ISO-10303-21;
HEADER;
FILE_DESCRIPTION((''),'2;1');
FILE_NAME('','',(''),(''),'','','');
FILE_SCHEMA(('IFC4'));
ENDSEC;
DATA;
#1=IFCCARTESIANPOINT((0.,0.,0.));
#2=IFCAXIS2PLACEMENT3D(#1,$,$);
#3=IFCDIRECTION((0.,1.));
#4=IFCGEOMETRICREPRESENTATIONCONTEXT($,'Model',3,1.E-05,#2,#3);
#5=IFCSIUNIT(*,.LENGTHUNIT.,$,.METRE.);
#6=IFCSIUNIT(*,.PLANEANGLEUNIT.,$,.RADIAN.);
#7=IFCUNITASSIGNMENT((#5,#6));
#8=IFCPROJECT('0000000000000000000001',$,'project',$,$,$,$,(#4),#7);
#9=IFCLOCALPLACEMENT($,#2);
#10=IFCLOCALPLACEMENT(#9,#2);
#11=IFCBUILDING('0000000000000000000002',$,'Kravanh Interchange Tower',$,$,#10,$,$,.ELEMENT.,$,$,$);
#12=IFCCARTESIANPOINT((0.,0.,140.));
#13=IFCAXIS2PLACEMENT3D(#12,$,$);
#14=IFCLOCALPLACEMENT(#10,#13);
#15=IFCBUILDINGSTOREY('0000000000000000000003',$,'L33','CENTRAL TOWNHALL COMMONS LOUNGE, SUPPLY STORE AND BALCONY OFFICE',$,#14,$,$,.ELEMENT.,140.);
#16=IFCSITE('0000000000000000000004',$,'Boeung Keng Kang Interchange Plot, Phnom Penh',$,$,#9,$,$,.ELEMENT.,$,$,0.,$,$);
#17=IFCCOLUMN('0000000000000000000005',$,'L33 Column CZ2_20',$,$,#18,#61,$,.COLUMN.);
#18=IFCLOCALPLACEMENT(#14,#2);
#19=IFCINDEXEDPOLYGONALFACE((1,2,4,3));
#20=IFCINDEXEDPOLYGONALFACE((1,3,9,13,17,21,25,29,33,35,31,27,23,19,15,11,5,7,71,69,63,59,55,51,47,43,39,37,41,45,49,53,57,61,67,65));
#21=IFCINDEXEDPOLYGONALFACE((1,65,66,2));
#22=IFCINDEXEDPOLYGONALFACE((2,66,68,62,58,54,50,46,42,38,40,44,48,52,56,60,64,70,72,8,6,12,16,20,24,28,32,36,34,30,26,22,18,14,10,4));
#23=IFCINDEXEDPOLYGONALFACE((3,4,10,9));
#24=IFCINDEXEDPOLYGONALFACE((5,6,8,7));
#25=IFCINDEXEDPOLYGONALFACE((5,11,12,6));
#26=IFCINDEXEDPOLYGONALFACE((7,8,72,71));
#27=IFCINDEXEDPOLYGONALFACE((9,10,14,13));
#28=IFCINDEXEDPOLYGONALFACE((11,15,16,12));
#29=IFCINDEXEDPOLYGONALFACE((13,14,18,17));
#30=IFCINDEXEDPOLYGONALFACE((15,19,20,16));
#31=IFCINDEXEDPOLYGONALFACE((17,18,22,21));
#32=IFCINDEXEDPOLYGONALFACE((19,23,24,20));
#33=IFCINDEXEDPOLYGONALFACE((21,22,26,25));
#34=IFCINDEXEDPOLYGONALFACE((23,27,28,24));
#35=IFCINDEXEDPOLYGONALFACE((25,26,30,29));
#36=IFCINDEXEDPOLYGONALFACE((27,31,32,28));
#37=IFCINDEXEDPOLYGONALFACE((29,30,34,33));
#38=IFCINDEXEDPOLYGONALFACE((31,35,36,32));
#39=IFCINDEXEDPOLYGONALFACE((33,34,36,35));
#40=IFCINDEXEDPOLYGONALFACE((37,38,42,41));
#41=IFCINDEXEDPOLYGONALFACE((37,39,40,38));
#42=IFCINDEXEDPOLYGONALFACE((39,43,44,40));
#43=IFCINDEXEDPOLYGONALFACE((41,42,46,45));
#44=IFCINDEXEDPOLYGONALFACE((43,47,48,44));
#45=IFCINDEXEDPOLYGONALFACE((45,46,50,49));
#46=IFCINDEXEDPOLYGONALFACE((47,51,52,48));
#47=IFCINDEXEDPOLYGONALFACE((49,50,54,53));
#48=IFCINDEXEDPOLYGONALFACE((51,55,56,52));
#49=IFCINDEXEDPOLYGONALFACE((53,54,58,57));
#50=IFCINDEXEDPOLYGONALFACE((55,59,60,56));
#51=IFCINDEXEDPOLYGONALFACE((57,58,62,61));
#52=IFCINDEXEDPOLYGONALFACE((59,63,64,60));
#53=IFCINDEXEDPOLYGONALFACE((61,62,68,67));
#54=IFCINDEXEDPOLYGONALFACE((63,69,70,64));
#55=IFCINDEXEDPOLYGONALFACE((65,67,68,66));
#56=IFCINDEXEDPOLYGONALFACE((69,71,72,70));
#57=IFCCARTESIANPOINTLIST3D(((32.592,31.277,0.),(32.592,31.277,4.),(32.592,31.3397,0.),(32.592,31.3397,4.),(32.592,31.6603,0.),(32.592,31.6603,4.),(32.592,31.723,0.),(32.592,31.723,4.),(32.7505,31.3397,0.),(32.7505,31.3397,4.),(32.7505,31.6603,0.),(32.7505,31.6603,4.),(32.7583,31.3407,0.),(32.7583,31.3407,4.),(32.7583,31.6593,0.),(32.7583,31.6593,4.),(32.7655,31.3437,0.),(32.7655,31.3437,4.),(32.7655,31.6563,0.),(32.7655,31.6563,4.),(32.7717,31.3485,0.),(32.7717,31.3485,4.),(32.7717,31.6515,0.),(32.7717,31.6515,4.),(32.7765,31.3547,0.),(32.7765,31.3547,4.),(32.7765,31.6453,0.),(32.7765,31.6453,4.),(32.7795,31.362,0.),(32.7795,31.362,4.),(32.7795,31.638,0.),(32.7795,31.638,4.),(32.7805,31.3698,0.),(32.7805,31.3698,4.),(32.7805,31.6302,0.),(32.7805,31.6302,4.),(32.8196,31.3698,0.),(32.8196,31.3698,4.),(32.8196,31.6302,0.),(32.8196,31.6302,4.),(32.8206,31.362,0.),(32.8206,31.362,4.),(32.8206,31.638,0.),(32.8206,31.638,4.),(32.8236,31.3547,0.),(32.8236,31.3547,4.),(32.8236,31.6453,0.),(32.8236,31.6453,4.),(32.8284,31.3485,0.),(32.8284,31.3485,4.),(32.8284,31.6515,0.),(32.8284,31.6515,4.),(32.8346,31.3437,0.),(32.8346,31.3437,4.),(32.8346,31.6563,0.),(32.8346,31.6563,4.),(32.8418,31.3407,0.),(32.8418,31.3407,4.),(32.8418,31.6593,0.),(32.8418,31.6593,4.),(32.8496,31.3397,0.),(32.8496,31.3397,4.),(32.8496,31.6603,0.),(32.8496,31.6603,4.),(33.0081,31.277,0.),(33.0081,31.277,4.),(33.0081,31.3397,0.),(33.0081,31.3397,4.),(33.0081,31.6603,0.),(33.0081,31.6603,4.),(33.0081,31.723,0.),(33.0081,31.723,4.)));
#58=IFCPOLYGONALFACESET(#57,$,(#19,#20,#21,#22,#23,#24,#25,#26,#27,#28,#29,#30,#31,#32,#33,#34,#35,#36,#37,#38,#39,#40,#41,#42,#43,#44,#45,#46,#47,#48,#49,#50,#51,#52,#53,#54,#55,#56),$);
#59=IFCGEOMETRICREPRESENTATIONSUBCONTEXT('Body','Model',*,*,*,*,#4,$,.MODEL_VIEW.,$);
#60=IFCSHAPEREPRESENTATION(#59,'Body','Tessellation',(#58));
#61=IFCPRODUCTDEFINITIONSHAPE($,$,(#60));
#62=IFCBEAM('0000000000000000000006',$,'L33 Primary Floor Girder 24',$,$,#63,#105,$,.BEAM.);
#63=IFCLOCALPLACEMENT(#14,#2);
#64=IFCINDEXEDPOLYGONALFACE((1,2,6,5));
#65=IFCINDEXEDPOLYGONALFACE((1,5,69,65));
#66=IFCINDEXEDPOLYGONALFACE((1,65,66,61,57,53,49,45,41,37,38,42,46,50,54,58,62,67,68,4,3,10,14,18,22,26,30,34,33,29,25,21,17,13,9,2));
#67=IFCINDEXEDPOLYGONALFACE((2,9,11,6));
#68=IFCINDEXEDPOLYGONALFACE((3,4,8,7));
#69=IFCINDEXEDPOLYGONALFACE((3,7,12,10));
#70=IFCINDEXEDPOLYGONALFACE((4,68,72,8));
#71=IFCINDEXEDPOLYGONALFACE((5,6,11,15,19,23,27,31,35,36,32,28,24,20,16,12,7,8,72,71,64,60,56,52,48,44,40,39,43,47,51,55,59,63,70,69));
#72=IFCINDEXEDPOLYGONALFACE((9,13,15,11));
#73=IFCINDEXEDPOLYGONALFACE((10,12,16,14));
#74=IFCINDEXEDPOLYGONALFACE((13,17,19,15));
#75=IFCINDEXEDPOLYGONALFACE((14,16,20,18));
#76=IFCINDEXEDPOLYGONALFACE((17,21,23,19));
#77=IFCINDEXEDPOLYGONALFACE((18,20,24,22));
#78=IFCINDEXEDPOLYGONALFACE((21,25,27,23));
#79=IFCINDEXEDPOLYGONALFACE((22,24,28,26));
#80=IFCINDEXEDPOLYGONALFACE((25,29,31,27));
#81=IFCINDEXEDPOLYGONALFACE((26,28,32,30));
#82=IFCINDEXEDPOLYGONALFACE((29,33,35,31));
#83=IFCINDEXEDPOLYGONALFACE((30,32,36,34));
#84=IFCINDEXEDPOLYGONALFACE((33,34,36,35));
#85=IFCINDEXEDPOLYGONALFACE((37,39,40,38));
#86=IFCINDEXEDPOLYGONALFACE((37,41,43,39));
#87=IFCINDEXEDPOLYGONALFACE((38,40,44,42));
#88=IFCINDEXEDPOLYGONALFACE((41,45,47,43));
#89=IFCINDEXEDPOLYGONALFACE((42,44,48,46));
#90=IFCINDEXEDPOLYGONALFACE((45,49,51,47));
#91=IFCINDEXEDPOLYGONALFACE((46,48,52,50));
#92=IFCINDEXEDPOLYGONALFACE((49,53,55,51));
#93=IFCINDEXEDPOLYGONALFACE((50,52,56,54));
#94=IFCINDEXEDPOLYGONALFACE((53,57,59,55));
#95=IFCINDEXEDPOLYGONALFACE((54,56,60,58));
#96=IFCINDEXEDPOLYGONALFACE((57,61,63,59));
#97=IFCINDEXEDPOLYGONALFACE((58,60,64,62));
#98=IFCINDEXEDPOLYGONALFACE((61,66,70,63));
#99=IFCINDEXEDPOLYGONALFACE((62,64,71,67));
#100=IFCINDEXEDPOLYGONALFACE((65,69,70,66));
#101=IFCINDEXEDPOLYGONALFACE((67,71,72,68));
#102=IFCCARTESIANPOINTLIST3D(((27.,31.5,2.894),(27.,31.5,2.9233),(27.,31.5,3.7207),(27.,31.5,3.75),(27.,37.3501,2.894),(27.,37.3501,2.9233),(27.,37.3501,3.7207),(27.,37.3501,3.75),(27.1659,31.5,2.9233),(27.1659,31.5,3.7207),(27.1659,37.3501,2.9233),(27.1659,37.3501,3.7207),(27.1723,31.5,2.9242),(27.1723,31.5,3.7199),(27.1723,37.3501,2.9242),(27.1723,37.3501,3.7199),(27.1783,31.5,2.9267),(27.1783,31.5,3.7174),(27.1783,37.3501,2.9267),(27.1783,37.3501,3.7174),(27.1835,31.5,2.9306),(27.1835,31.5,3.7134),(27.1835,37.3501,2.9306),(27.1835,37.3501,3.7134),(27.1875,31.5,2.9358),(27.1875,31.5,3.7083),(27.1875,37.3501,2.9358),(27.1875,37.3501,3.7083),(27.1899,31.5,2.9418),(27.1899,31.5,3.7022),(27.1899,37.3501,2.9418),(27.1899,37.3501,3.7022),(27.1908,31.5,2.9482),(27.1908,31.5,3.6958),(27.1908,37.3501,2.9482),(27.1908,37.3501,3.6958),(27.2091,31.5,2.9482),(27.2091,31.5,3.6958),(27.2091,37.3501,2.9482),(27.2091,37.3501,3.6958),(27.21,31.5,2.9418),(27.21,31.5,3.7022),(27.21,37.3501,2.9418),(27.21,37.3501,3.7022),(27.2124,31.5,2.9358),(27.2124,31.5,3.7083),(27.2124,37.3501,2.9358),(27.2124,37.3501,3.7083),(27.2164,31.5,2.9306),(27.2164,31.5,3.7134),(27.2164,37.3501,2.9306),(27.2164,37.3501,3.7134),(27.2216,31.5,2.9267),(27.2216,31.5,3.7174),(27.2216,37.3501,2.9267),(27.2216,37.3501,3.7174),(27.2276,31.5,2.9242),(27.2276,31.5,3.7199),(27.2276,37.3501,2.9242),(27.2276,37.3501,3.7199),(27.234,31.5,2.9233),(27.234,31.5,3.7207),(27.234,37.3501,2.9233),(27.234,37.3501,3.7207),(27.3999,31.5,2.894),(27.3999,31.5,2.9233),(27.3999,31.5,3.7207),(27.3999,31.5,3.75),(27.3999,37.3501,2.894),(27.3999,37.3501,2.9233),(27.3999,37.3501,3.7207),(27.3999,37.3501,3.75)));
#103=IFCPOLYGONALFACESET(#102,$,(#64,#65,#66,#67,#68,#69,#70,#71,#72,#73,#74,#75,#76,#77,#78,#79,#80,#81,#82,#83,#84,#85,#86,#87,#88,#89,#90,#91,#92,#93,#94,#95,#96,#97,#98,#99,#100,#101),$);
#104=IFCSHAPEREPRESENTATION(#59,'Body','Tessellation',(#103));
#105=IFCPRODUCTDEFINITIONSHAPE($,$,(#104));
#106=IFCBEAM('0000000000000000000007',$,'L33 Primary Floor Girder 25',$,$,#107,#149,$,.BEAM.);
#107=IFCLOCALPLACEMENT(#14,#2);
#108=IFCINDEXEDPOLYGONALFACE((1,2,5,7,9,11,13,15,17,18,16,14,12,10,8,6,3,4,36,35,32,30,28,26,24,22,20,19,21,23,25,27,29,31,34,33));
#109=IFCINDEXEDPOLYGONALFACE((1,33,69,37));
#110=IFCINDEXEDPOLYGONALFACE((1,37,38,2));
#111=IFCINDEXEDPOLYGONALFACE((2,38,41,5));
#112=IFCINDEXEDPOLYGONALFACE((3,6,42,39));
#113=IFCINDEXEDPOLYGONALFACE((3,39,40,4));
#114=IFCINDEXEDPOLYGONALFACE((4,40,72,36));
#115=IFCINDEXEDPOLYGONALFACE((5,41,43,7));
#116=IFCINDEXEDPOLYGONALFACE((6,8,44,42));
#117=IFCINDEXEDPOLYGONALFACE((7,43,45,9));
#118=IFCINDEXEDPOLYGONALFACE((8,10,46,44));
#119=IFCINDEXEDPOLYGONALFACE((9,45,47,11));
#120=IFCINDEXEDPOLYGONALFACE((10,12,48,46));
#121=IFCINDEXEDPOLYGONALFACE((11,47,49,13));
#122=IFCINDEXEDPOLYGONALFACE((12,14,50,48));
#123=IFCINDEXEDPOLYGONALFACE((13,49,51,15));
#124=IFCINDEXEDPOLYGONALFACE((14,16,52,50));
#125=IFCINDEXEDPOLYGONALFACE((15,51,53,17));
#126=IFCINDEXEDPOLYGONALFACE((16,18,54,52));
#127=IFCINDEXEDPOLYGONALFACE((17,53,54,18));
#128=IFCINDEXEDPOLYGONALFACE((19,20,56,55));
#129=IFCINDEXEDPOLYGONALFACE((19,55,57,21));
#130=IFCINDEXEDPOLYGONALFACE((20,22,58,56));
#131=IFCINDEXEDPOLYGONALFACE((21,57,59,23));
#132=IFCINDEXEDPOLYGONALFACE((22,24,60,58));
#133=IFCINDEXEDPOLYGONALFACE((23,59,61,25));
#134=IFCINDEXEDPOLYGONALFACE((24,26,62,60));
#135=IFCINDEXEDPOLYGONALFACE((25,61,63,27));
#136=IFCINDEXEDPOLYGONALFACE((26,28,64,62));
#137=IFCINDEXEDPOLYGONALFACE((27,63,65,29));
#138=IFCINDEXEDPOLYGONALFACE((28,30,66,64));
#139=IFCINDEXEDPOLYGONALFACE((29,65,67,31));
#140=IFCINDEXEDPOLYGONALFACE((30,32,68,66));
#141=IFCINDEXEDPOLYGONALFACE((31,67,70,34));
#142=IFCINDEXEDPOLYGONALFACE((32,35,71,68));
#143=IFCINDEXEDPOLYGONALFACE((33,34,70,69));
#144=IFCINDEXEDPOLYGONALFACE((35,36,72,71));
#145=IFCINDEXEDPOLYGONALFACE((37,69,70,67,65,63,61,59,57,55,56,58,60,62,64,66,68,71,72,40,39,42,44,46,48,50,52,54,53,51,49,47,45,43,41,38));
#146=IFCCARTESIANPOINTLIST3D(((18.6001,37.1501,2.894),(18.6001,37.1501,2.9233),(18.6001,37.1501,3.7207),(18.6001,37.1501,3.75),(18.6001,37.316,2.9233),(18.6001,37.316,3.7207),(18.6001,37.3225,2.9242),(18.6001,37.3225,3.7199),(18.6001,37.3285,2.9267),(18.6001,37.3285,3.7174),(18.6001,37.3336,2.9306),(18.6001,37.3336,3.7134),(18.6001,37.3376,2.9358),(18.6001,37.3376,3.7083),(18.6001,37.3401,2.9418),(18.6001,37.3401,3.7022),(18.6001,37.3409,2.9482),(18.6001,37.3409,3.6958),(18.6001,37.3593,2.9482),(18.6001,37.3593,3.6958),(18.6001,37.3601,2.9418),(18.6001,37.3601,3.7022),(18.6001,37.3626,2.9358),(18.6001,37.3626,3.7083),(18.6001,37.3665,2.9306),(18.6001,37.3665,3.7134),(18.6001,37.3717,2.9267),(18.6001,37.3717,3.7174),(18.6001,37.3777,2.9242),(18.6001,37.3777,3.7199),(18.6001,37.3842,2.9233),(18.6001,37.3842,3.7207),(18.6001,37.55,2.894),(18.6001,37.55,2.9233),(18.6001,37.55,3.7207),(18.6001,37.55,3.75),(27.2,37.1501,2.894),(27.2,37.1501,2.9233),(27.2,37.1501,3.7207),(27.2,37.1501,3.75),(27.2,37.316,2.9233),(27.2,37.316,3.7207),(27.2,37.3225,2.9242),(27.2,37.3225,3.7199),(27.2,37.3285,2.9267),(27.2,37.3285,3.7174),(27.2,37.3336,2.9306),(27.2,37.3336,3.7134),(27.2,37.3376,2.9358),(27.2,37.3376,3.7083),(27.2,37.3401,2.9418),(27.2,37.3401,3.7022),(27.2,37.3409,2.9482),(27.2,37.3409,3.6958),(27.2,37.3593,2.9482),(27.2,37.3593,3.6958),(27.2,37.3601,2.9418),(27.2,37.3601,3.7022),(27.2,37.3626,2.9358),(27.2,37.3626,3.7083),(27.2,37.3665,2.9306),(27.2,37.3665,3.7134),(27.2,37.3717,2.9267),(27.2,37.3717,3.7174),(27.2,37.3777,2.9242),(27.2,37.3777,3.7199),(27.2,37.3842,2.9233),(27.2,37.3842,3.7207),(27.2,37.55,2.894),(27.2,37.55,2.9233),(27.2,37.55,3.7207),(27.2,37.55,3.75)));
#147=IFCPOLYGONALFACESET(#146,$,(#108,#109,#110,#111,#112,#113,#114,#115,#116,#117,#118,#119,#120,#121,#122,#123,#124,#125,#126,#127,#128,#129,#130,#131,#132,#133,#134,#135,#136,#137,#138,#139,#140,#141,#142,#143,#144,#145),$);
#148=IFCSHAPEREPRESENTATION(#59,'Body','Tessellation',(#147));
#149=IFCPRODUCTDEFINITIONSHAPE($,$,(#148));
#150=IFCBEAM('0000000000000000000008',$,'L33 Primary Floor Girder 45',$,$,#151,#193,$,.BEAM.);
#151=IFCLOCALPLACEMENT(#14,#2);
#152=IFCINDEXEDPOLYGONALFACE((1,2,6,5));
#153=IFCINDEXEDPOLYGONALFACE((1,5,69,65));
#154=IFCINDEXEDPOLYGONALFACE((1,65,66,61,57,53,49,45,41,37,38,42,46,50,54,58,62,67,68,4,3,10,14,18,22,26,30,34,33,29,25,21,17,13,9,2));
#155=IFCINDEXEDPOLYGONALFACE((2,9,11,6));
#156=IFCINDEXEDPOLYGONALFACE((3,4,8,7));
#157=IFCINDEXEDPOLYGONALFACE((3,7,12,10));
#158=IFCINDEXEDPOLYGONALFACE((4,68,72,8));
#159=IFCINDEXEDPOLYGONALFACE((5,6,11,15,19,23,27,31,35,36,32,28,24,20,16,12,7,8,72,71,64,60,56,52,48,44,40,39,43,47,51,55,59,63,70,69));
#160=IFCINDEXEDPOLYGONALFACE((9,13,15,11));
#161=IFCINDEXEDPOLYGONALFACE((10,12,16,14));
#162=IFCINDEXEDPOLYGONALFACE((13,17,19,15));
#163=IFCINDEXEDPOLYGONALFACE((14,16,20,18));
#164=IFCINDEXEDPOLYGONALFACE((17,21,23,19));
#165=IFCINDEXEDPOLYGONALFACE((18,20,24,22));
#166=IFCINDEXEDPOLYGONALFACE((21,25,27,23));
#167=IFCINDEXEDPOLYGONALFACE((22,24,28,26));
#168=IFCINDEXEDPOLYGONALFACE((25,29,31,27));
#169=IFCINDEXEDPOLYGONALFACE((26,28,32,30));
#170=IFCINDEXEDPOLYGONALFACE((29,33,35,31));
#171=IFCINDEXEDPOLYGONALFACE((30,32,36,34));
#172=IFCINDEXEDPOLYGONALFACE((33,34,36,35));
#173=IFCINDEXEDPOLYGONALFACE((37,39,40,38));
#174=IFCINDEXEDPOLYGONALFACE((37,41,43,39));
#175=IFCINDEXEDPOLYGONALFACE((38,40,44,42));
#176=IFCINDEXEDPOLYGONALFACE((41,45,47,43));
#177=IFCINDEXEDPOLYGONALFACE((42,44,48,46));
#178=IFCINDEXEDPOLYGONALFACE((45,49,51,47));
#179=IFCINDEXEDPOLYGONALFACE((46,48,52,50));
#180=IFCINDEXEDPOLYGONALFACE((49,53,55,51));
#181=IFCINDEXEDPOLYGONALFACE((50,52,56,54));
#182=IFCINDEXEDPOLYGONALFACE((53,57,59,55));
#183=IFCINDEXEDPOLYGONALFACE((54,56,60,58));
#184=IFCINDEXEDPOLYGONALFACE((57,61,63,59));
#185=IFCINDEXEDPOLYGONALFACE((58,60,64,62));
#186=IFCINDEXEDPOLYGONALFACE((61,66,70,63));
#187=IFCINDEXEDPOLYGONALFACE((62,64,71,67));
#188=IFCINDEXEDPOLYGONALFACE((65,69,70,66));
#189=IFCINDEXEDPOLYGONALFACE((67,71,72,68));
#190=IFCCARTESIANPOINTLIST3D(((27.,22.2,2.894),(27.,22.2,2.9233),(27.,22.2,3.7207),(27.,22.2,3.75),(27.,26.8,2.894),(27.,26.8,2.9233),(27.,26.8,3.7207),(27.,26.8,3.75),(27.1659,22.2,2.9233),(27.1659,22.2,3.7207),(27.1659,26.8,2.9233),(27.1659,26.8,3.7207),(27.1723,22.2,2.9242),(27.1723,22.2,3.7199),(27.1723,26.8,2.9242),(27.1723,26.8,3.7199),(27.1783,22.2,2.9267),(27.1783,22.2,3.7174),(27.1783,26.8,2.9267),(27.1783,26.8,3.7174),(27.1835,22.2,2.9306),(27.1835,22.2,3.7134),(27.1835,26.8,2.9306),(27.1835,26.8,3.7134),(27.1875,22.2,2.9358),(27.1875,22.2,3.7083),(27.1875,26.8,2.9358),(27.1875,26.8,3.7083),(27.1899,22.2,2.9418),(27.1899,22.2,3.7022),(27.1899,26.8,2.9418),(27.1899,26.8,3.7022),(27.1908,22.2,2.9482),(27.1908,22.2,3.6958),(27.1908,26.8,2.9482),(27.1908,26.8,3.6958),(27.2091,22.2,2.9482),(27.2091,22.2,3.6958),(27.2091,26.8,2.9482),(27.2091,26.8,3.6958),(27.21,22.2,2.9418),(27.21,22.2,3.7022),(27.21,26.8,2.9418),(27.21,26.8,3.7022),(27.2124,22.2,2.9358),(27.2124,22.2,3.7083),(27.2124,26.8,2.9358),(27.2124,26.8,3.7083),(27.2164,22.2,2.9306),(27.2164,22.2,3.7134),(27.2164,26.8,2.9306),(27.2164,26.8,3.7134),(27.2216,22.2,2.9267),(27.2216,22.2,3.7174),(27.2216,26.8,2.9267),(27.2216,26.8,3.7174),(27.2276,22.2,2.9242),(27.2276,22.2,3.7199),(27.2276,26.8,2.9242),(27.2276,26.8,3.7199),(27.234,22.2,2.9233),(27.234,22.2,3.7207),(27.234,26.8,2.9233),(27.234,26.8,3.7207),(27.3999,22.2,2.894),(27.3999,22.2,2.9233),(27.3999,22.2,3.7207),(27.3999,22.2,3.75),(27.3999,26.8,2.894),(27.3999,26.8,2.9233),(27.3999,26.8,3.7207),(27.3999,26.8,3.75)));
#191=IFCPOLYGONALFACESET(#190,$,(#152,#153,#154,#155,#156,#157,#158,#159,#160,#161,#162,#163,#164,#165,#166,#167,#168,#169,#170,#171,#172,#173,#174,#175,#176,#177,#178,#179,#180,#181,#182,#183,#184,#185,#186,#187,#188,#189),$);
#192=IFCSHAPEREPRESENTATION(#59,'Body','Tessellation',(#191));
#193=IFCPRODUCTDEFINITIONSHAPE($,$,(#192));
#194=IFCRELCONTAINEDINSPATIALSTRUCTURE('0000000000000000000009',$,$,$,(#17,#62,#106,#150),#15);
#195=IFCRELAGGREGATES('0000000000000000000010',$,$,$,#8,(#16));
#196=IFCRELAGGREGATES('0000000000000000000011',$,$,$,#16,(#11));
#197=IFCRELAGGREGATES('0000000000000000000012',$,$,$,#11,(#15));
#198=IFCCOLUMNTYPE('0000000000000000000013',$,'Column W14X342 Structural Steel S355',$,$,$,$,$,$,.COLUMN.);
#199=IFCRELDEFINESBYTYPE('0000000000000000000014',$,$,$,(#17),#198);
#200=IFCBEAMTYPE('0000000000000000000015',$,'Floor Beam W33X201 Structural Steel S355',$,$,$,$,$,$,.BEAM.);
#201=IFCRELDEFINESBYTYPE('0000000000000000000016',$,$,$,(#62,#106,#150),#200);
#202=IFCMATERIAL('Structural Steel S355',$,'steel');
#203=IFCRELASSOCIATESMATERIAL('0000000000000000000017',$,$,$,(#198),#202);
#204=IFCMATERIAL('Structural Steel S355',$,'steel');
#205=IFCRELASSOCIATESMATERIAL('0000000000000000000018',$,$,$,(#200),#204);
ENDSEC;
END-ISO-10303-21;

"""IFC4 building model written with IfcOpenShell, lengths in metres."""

from ifc_helpers import new_model, si_unit, direction, frame, origin, origin_2d, place, context, subcontext, project, spatial, i_section, extrude, material, material_profile, profile_set, type_object, element, save


model = new_model("IFC4")

# Units and contexts
model_context = context("Model", 3, precision=1e-05, world=origin(), true_north=direction((0.0, 1.0)))
body_context = subcontext(model_context, "Body", "Model", "MODEL_VIEW")
ifc_project = project(units=[si_unit("LENGTHUNIT", "METRE"), si_unit("PLANEANGLEUNIT", "RADIAN")], contexts=[model_context])

# Site, building, storey
site_placement = place(None, origin())
site = spatial("IfcSite", under=ifc_project, at=site_placement, Name="Boeung Keng Kang Interchange Plot, Phnom Penh", CompositionType="ELEMENT", RefElevation=0.0)
building_placement = place(site_placement, origin())
building = spatial("IfcBuilding", under=site, at=building_placement, Name="Kravanh Interchange Tower", CompositionType="ELEMENT")
storey_placement = place(building_placement, frame((0.0, 0.0, 140.0)))
storey = spatial("IfcBuildingStorey", under=building, at=storey_placement, Name="L33", Description="CENTRAL TOWNHALL COMMONS LOUNGE, SUPPLY STORE AND BALCONY OFFICE", CompositionType="ELEMENT", Elevation=140.0)

# Column
ifc_material_1 = material(Name="Structural Steel S355", Category="steel")
ifc_material_profile_1 = material_profile(ifc_material_1, i_section(OverallWidth=0.416, OverallDepth=0.446, WebThickness=0.0391, FlangeThickness=0.0627, FilletRadius=0.03, at=origin_2d()), Name="W14X342")
ifc_profile_set_1 = profile_set([ifc_material_profile_1], Name="Structural Steel S355")
column_type_1 = type_object("IfcColumnType", Name="Column W14X342 Structural Steel S355", PredefinedType="COLUMN", material=ifc_profile_set_1)
for number, where, z_axis, x_axis, name in (
    (1, (32.8, 31.5, 0.0), (0.0, 0.0, 1.0), (1.0, 0.0, 0.0), "L33 Column CZ2_20"),
):
    element("IfcColumn", number, at=place(storey_placement, frame(where, z_axis=z_axis, x_axis=x_axis)), inside=storey, type_object=column_type_1, Name=name, PredefinedType="COLUMN", context=body_context, shape_type="SweptSolid", body=[
        extrude(i_section(OverallWidth=0.416, OverallDepth=0.446, WebThickness=0.0391, FlangeThickness=0.0627, FilletRadius=0.03, at=origin_2d()), origin(), (0.0, 0.0, 1.0), 4.0),
    ])

# Beams
ifc_material_2 = material(Name="Structural Steel S355", Category="steel")
ifc_material_profile_2 = material_profile(ifc_material_2, i_section(OverallWidth=0.3999, OverallDepth=0.856, WebThickness=0.0183, FlangeThickness=0.0293, FilletRadius=0.0249, at=origin_2d()), Name="W33X201")
ifc_profile_set_2 = profile_set([ifc_material_profile_2], Name="Structural Steel S355")
beam_type_1 = type_object("IfcBeamType", Name="Floor Beam W33X201 Structural Steel S355", PredefinedType="BEAM", material=ifc_profile_set_2)
beam_1_placement = place(storey_placement, frame((27.2, 37.3501, 3.322), z_axis=(0.0, -1.0, 0.0), x_axis=(1.0, 0.0, 0.0)))
element("IfcBeam", 2, at=beam_1_placement, inside=storey, type_object=beam_type_1, Name="L33 Primary Floor Girder 24", PredefinedType="BEAM", context=body_context, shape_type="SweptSolid", body=[
    extrude(i_section(OverallWidth=0.3999, OverallDepth=0.856, WebThickness=0.0183, FlangeThickness=0.0293, FilletRadius=0.0249, at=origin_2d()), origin(), (0.0, 0.0, 1.0), 5.8501),
])
beam_2_placement = place(storey_placement, frame((27.2, 37.3501, 3.322), z_axis=(-1.0, 0.0, 0.0), x_axis=(0.0, -1.0, 0.0)))
element("IfcBeam", 3, at=beam_2_placement, inside=storey, type_object=beam_type_1, Name="L33 Primary Floor Girder 25", PredefinedType="BEAM", context=body_context, shape_type="SweptSolid", body=[
    extrude(i_section(OverallWidth=0.3999, OverallDepth=0.856, WebThickness=0.0183, FlangeThickness=0.0293, FilletRadius=0.0249, at=origin_2d()), origin(), (0.0, 0.0, 1.0), 8.5999),
])
beam_3_placement = place(storey_placement, frame((27.2, 26.8, 3.322), z_axis=(0.0, -1.0, 0.0), x_axis=(1.0, 0.0, 0.0)))
element("IfcBeam", 4, at=beam_3_placement, inside=storey, type_object=beam_type_1, Name="L33 Primary Floor Girder 45", PredefinedType="BEAM", context=body_context, shape_type="SweptSolid", body=[
    extrude(i_section(OverallWidth=0.3999, OverallDepth=0.856, WebThickness=0.0183, FlangeThickness=0.0293, FilletRadius=0.0249, at=origin_2d()), origin(), (0.0, 0.0, 1.0), 4.6001),
])

save(model, "model.ifc")
